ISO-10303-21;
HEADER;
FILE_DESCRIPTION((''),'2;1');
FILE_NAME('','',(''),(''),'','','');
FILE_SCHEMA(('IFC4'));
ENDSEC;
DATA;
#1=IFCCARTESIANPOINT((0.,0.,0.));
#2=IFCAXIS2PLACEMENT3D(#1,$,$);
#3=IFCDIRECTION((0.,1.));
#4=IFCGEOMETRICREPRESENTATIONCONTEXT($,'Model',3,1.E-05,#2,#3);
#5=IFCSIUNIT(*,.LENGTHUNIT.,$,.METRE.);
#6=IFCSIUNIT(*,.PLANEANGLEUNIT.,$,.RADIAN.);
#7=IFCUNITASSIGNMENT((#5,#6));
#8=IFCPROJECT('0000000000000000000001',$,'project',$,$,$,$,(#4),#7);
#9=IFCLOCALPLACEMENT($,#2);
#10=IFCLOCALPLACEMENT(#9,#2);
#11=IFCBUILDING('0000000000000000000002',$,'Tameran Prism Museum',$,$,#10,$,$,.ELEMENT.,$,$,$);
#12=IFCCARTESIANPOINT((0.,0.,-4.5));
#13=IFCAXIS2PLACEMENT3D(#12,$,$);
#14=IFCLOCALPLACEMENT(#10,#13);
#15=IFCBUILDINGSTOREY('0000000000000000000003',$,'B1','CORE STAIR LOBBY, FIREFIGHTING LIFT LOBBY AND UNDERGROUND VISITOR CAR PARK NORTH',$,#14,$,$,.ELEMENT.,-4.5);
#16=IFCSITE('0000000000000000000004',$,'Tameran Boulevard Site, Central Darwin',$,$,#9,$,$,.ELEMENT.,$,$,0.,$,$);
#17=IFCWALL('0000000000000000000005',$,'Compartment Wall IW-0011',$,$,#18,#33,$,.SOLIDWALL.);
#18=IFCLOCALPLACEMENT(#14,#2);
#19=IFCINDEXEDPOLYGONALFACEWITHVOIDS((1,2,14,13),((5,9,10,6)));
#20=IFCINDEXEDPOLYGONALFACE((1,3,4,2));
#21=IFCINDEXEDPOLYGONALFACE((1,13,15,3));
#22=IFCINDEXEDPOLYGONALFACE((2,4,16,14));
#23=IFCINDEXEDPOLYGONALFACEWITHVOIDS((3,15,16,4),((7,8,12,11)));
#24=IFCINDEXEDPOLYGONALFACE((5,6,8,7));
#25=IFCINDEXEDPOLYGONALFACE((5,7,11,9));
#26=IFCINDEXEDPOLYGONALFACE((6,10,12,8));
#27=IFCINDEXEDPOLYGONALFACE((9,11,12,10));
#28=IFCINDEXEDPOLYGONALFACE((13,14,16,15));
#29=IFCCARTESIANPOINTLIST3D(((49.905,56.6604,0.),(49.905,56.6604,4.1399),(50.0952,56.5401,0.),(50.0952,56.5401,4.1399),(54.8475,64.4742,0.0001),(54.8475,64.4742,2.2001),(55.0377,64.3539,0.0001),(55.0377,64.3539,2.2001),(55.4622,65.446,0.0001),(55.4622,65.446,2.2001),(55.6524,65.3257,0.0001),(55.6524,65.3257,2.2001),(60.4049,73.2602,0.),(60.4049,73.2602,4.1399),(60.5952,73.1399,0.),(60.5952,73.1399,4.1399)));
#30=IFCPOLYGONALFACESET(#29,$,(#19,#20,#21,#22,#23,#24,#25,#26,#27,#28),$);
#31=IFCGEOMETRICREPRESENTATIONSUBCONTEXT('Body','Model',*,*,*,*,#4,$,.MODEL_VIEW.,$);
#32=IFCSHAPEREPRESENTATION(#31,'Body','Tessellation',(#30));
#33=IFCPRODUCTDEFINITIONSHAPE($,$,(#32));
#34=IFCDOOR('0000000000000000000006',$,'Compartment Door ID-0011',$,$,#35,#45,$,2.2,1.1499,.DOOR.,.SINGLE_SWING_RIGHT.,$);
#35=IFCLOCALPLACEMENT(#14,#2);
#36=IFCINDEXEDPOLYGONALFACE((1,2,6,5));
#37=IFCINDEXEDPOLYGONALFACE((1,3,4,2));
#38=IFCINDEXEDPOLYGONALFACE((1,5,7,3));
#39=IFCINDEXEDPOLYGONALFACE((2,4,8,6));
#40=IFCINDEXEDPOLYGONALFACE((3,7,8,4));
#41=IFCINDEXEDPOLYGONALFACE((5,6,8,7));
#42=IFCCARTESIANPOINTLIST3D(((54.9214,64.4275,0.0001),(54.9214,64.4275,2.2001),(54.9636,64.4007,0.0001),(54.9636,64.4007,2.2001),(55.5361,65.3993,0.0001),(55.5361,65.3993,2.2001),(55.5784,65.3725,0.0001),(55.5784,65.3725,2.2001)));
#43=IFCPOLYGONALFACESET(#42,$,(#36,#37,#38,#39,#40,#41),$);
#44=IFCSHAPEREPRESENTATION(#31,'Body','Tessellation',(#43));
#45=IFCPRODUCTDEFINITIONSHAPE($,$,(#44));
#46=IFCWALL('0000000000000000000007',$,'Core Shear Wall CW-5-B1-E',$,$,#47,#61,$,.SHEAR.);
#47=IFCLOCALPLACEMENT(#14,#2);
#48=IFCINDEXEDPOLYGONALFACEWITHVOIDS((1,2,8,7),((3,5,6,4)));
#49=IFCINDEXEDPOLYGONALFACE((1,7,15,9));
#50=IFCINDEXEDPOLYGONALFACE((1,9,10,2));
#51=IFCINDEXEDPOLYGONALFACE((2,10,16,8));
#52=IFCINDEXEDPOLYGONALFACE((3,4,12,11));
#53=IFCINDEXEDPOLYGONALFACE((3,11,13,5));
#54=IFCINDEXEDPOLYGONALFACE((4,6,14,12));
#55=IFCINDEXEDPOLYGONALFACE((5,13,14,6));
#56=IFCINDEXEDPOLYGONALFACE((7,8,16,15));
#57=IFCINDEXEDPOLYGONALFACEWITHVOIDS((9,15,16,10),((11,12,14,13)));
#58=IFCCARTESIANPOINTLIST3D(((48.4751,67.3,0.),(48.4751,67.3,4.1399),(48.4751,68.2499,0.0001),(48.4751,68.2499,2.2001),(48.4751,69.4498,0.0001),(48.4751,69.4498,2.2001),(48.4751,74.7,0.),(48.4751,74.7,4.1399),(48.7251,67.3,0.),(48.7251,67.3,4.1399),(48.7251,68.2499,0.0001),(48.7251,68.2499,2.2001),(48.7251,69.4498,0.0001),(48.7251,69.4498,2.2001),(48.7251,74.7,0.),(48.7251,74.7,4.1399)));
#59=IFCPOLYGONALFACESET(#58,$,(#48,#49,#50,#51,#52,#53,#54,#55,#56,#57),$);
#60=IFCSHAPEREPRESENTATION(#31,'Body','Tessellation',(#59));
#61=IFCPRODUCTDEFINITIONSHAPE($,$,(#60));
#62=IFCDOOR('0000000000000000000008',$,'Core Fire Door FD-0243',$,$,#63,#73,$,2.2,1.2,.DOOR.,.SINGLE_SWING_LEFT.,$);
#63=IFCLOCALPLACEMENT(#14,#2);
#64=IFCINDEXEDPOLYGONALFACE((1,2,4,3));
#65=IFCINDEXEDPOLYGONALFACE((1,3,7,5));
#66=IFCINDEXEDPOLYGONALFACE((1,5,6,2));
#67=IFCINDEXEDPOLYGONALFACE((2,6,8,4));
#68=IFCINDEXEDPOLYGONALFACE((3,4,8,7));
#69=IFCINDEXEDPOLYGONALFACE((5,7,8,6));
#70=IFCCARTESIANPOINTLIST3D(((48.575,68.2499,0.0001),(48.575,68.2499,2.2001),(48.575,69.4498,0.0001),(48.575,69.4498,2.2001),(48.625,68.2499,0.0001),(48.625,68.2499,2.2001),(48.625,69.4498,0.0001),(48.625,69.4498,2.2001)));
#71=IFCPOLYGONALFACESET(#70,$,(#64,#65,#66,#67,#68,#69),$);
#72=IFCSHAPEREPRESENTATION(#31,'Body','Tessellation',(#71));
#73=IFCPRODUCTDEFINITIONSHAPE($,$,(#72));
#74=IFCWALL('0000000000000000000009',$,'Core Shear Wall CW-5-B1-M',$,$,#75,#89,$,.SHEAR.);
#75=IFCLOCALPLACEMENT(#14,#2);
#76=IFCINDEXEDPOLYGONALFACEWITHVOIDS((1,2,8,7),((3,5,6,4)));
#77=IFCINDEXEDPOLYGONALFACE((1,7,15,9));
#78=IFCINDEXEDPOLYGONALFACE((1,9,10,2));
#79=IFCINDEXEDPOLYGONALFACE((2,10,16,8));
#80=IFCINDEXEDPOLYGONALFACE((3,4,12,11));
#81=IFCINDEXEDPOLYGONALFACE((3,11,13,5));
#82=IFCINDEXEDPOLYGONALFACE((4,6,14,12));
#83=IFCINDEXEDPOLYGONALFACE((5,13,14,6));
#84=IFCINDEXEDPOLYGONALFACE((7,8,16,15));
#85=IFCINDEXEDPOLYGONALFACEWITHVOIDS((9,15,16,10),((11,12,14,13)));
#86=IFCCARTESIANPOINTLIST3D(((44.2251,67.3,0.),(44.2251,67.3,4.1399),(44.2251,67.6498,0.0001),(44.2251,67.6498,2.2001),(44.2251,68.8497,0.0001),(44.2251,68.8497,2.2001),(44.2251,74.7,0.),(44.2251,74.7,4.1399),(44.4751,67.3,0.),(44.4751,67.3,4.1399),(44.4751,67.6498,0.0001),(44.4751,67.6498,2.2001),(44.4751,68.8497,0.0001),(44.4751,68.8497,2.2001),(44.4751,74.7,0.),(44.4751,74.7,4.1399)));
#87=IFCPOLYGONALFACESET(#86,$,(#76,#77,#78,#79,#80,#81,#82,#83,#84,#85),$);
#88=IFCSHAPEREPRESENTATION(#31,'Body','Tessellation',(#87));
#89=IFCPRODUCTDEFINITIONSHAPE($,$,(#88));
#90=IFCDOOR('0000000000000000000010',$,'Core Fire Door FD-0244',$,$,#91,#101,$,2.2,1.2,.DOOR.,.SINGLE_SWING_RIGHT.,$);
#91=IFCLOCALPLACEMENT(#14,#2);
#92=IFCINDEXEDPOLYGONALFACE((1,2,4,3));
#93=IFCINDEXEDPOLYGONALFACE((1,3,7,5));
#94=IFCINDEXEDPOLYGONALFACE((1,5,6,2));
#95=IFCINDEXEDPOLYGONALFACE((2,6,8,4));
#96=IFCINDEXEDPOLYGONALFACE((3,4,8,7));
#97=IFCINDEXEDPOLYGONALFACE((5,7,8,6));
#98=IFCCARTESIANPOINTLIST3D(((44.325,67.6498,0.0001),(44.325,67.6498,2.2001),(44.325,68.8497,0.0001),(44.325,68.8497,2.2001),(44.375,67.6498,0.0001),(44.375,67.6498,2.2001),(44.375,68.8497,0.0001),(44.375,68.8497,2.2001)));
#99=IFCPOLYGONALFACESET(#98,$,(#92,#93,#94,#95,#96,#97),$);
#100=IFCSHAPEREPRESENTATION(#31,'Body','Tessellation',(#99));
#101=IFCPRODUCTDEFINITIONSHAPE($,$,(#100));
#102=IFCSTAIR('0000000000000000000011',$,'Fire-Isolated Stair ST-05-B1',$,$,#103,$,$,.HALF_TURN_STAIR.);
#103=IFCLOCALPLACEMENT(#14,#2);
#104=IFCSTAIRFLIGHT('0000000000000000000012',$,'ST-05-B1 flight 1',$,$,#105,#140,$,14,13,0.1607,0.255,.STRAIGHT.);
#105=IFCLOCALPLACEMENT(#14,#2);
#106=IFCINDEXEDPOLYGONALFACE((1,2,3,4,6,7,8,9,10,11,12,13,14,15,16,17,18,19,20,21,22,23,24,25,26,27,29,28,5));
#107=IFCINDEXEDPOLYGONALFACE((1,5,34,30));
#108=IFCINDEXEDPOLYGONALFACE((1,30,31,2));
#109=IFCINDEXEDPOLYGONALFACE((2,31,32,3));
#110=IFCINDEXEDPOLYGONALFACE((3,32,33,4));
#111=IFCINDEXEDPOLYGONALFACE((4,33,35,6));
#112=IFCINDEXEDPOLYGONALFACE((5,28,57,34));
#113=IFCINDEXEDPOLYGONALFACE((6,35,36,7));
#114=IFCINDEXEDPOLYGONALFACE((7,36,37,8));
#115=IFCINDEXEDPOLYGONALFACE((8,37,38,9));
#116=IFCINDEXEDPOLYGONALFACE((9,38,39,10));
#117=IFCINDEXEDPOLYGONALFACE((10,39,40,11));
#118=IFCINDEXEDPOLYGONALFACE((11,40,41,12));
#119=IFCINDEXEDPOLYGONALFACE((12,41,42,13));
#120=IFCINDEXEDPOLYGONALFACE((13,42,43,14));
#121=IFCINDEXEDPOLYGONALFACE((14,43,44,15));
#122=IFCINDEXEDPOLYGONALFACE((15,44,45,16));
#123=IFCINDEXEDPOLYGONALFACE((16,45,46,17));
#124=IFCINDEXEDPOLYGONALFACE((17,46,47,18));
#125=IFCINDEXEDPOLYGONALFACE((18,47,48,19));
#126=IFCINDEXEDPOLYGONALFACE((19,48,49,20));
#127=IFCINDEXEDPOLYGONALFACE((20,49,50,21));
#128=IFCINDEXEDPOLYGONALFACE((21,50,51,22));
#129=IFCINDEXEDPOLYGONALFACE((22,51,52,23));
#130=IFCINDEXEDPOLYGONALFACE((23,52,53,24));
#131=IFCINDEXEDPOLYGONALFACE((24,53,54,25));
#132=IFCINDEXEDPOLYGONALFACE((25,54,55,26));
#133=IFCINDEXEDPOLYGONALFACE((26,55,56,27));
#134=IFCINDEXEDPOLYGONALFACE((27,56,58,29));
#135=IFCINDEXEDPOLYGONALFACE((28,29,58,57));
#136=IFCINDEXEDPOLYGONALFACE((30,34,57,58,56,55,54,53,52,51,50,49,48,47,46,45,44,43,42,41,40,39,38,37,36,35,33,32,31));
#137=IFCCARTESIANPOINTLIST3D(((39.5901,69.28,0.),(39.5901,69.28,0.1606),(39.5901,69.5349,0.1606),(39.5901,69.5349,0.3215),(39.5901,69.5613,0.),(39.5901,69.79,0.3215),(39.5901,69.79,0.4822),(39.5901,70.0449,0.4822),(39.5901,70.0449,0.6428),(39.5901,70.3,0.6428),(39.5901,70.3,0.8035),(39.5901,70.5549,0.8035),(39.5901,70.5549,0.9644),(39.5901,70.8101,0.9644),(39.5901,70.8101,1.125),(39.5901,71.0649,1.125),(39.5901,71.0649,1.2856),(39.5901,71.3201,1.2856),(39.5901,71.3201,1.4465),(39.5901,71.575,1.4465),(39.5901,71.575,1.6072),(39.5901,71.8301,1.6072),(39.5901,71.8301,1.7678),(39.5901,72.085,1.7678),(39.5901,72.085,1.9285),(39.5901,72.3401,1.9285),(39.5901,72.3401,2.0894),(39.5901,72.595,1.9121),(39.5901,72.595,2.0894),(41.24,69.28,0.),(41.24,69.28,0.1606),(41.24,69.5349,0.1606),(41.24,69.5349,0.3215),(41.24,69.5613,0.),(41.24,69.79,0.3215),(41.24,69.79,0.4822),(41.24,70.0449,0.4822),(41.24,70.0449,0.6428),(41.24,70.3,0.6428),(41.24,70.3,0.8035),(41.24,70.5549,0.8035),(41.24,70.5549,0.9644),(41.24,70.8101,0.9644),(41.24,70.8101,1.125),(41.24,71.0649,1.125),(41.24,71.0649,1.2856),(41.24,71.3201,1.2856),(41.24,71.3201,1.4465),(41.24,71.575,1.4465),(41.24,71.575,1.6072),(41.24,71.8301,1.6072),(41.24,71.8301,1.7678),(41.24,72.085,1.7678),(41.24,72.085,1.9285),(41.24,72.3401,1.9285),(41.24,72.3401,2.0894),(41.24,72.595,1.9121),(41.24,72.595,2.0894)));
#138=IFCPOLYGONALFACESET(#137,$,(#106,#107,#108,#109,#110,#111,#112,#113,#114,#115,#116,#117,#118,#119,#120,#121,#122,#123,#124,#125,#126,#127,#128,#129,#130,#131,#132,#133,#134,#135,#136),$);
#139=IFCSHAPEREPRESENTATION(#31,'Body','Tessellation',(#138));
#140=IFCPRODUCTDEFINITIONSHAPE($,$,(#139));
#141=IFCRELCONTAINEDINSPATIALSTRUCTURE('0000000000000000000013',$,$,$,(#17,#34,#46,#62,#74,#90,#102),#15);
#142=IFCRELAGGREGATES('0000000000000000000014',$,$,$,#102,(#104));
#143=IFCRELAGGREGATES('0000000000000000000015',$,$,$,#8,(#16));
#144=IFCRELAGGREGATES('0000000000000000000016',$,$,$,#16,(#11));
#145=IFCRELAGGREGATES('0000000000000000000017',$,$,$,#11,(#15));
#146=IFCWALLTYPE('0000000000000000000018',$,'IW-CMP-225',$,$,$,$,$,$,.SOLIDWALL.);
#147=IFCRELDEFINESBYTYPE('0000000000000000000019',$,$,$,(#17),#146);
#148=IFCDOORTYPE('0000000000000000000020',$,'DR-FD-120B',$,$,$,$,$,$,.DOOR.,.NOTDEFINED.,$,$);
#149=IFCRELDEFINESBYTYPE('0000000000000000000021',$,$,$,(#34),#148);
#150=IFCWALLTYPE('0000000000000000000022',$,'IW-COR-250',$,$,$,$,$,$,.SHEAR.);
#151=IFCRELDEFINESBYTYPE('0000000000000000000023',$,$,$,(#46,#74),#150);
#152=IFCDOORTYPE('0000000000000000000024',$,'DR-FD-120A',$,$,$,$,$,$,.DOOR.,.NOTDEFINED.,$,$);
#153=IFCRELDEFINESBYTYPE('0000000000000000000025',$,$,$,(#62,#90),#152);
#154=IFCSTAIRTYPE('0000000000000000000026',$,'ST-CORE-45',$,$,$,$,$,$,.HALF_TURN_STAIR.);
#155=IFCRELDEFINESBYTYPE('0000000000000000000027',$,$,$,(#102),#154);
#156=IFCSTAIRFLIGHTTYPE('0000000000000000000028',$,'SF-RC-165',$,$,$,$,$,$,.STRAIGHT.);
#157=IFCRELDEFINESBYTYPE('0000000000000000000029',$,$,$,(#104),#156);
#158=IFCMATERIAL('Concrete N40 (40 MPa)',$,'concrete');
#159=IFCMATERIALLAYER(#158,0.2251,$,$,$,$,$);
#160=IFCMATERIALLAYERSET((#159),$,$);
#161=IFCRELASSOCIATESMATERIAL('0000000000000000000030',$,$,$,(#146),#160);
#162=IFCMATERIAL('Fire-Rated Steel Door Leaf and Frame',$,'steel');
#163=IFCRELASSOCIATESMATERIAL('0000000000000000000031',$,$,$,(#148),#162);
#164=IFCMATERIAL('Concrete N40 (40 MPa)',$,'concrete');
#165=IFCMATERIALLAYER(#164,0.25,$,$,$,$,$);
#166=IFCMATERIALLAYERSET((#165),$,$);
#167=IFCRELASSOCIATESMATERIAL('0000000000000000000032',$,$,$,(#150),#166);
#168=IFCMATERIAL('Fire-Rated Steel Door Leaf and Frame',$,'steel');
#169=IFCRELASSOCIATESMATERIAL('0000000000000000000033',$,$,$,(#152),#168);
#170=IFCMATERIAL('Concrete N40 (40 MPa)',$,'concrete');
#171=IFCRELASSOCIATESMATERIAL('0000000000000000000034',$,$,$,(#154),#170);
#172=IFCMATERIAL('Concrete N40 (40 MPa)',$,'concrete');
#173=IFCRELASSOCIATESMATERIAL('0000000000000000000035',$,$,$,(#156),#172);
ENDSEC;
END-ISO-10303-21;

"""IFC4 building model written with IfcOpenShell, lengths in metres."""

from ifc_helpers import new_model, si_unit, direction, frame, frame_2d, origin, place, context, subcontext, project, spatial, polyline, rectangle, outline, extrude, material, layer, layer_set, type_object, element, fill, aggregate, save


model = new_model("IFC4")

# Units and contexts
model_context = context("Model", 3, precision=1e-05, world=origin(), true_north=direction((0.0, 1.0)))
body_context = subcontext(model_context, "Body", "Model", "MODEL_VIEW")
ifc_project = project(units=[si_unit("LENGTHUNIT", "METRE"), si_unit("PLANEANGLEUNIT", "RADIAN")], contexts=[model_context])

# Site, building, storey
site_placement = place(None, origin())
site = spatial("IfcSite", under=ifc_project, at=site_placement, Name="Tameran Boulevard Site, Central Darwin", CompositionType="ELEMENT", RefElevation=0.0)
building_placement = place(site_placement, origin())
building = spatial("IfcBuilding", under=site, at=building_placement, Name="Tameran Prism Museum", CompositionType="ELEMENT")
storey_placement = place(building_placement, frame((0.0, 0.0, -4.5)))
storey = spatial("IfcBuildingStorey", under=building, at=storey_placement, Name="B1", Description="CORE STAIR LOBBY, FIREFIGHTING LIFT LOBBY AND UNDERGROUND VISITOR CAR PARK NORTH", CompositionType="ELEMENT", Elevation=-4.5)

# Walls, openings, doors
ifc_material_1 = material(Name="Concrete N40 (40 MPa)", Category="concrete")
ifc_layer_1 = layer(ifc_material_1, 0.2251)
ifc_layer_set_1 = layer_set([ifc_layer_1])
wall_type_1 = type_object("IfcWallType", Name="IW-CMP-225", PredefinedType="SOLIDWALL", material=ifc_layer_set_1)
wall_1_placement = place(storey_placement, frame((60.5, 73.2, 0.0), z_axis=(0.0, 0.0, 1.0), x_axis=(-0.534571, -0.845124, 0.0)))
wall_1 = element("IfcWall", 1, at=wall_1_placement, inside=storey, type_object=wall_type_1, Name="Compartment Wall IW-0011", PredefinedType="SOLIDWALL", context=body_context, shape_type="SweptSolid", body=[
    extrude(rectangle(XDim=19.6418, YDim=0.2251, at=frame_2d((9.8208, 0.0))), origin(), (0.0, 0.0, 1.0), 4.1399),
])
opening_1_placement = place(wall_1_placement, frame((9.2461, 0.0, 0.0)))
opening_1 = element("IfcOpeningElement", 2, at=opening_1_placement, cuts=wall_1, PredefinedType="OPENING", context=body_context, shape_type="SweptSolid", body=[
    extrude(rectangle(XDim=1.1499, YDim=2.2, at=frame_2d((0.575, 1.1001))), frame((0.0, 0.1226, 0.0), z_axis=(0.0, -1.0, 0.0), x_axis=(1.0, 0.0, 0.0)), (0.0, 0.0, 1.0), 0.2451),
])
ifc_material_2 = material(Name="Fire-Rated Steel Door Leaf and Frame", Category="steel")
door_type_1 = type_object("IfcDoorType", Name="DR-FD-120B", OperationType="NOTDEFINED", PredefinedType="DOOR", material=ifc_material_2)
door_1_placement = place(opening_1_placement, origin())
door_1 = element("IfcDoor", 3, at=door_1_placement, inside=storey, type_object=door_type_1, Name="Compartment Door ID-0011", OperationType="SINGLE_SWING_RIGHT", OverallHeight=2.2, OverallWidth=1.1499, PredefinedType="DOOR", context=body_context, shape_type="SweptSolid", body=[
    extrude(rectangle(XDim=1.1499, YDim=2.2, at=frame_2d((0.575, 1.1001))), frame((0.0, 0.0249, 0.0), z_axis=(0.0, -1.0, 0.0), x_axis=(1.0, 0.0, 0.0)), (0.0, 0.0, 1.0), 0.05),
])
fill(opening_1, door_1)
ifc_material_3 = material(Name="Concrete N40 (40 MPa)", Category="concrete")
ifc_layer_2 = layer(ifc_material_3, 0.25)
ifc_layer_set_2 = layer_set([ifc_layer_2])
wall_type_2 = type_object("IfcWallType", Name="IW-COR-250", PredefinedType="SHEAR", material=ifc_layer_set_2)
wall_2_placement = place(storey_placement, frame((48.6001, 74.7, 0.0), z_axis=(0.0, 0.0, 1.0), x_axis=(0.0, -1.0, 0.0)))
wall_2 = element("IfcWall", 4, at=wall_2_placement, inside=storey, type_object=wall_type_2, Name="Core Shear Wall CW-5-B1-E", PredefinedType="SHEAR", context=body_context, shape_type="SweptSolid", body=[
    extrude(rectangle(XDim=7.3999, YDim=0.25, at=frame_2d((3.7, 0.0))), origin(), (0.0, 0.0, 1.0), 4.1399),
])
opening_2_placement = place(wall_2_placement, frame((5.25, 0.0, 0.0)))
opening_2 = element("IfcOpeningElement", 5, at=opening_2_placement, cuts=wall_2, PredefinedType="OPENING", context=body_context, shape_type="SweptSolid", body=[
    extrude(rectangle(XDim=1.2, YDim=2.2, at=frame_2d((0.6001, 1.1001))), frame((0.0, 0.135, 0.0), z_axis=(0.0, -1.0, 0.0), x_axis=(1.0, 0.0, 0.0)), (0.0, 0.0, 1.0), 0.27),
])
ifc_material_4 = material(Name="Fire-Rated Steel Door Leaf and Frame", Category="steel")
door_type_2 = type_object("IfcDoorType", Name="DR-FD-120A", OperationType="NOTDEFINED", PredefinedType="DOOR", material=ifc_material_4)
door_2_placement = place(opening_2_placement, origin())
door_2 = element("IfcDoor", 6, at=door_2_placement, inside=storey, type_object=door_type_2, Name="Core Fire Door FD-0243", OperationType="SINGLE_SWING_LEFT", OverallHeight=2.2, OverallWidth=1.2, PredefinedType="DOOR", context=body_context, shape_type="SweptSolid", body=[
    extrude(rectangle(XDim=1.2, YDim=2.2, at=frame_2d((0.6001, 1.1001))), frame((0.0, 0.0249, 0.0), z_axis=(0.0, -1.0, 0.0), x_axis=(1.0, 0.0, 0.0)), (0.0, 0.0, 1.0), 0.05),
])
fill(opening_2, door_2)
wall_3_placement = place(storey_placement, frame((44.3501, 74.7, 0.0), z_axis=(0.0, 0.0, 1.0), x_axis=(0.0, -1.0, 0.0)))
wall_3 = element("IfcWall", 7, at=wall_3_placement, inside=storey, type_object=wall_type_2, Name="Core Shear Wall CW-5-B1-M", PredefinedType="SHEAR", context=body_context, shape_type="SweptSolid", body=[
    extrude(rectangle(XDim=7.3999, YDim=0.25, at=frame_2d((3.7, 0.0))), origin(), (0.0, 0.0, 1.0), 4.1399),
])
opening_3_placement = place(wall_3_placement, frame((5.8501, 0.0, 0.0)))
opening_3 = element("IfcOpeningElement", 8, at=opening_3_placement, cuts=wall_3, PredefinedType="OPENING", context=body_context, shape_type="SweptSolid", body=[
    extrude(rectangle(XDim=1.2, YDim=2.2, at=frame_2d((0.6001, 1.1001))), frame((0.0, 0.135, 0.0), z_axis=(0.0, -1.0, 0.0), x_axis=(1.0, 0.0, 0.0)), (0.0, 0.0, 1.0), 0.27),
])
door_3_placement = place(opening_3_placement, origin())
door_3 = element("IfcDoor", 9, at=door_3_placement, inside=storey, type_object=door_type_2, Name="Core Fire Door FD-0244", OperationType="SINGLE_SWING_RIGHT", OverallHeight=2.2, OverallWidth=1.2, PredefinedType="DOOR", context=body_context, shape_type="SweptSolid", body=[
    extrude(rectangle(XDim=1.2, YDim=2.2, at=frame_2d((0.6001, 1.1001))), frame((0.0, 0.0249, 0.0), z_axis=(0.0, -1.0, 0.0), x_axis=(1.0, 0.0, 0.0)), (0.0, 0.0, 1.0), 0.05),
])
fill(opening_3, door_3)

# Stair, stair flight
ifc_material_5 = material(Name="Concrete N40 (40 MPa)", Category="concrete")
stair_type = type_object("IfcStairType", Name="ST-CORE-45", PredefinedType="HALF_TURN_STAIR", material=ifc_material_5)
stair_placement = place(storey_placement, origin())
stair = element("IfcStair", 10, at=stair_placement, inside=storey, type_object=stair_type, Name="Fire-Isolated Stair ST-05-B1", PredefinedType="HALF_TURN_STAIR")
ifc_material_6 = material(Name="Concrete N40 (40 MPa)", Category="concrete")
stair_flight_type = type_object("IfcStairFlightType", Name="SF-RC-165", PredefinedType="STRAIGHT", material=ifc_material_6)
stair_flight_1_placement = place(storey_placement, frame((40.415, 69.28, 0.0), z_axis=(0.0, 0.0, 1.0), x_axis=(0.0, 1.0, 0.0)))
stair_flight_1 = element("IfcStairFlight", 11, at=stair_flight_1_placement, type_object=stair_flight_type, Name="ST-05-B1 flight 1", NumberOfRisers=14, NumberOfTreads=13, PredefinedType="STRAIGHT", RiserHeight=0.1607, TreadLength=0.255, context=body_context, shape_type="SweptSolid", body=[
    extrude(outline(polyline([(0.0, 0.0), (0.0, 0.1606), (0.2549, 0.1606), (0.2549, 0.3215), (0.51, 0.3215), (0.51, 0.4822), (0.7649, 0.4822), (0.7649, 0.6428), (1.02, 0.6428), (1.02, 0.8035), (1.2749, 0.8035), (1.2749, 0.9644), (1.53, 0.9644), (1.53, 1.125), (1.7849, 1.125), (1.7849, 1.2856), (2.04, 1.2856), (2.04, 1.4465), (2.2949, 1.4465), (2.2949, 1.6072), (2.55, 1.6072), (2.55, 1.7678), (2.8049, 1.7678), (2.8049, 1.9285), (3.0601, 1.9285), (3.0601, 2.0894), (3.3149, 2.0894), (3.3149, 2.25), (3.3149, 1.9121), (0.2812, 0.0), (0.0, 0.0)])), frame((0.0, 0.825, 0.0), z_axis=(0.0, -1.0, 0.0), x_axis=(1.0, 0.0, 0.0)), (0.0, 0.0, 1.0), 1.6499),
])
aggregate(stair, [stair_flight_1])

save(model, "model.ifc")
